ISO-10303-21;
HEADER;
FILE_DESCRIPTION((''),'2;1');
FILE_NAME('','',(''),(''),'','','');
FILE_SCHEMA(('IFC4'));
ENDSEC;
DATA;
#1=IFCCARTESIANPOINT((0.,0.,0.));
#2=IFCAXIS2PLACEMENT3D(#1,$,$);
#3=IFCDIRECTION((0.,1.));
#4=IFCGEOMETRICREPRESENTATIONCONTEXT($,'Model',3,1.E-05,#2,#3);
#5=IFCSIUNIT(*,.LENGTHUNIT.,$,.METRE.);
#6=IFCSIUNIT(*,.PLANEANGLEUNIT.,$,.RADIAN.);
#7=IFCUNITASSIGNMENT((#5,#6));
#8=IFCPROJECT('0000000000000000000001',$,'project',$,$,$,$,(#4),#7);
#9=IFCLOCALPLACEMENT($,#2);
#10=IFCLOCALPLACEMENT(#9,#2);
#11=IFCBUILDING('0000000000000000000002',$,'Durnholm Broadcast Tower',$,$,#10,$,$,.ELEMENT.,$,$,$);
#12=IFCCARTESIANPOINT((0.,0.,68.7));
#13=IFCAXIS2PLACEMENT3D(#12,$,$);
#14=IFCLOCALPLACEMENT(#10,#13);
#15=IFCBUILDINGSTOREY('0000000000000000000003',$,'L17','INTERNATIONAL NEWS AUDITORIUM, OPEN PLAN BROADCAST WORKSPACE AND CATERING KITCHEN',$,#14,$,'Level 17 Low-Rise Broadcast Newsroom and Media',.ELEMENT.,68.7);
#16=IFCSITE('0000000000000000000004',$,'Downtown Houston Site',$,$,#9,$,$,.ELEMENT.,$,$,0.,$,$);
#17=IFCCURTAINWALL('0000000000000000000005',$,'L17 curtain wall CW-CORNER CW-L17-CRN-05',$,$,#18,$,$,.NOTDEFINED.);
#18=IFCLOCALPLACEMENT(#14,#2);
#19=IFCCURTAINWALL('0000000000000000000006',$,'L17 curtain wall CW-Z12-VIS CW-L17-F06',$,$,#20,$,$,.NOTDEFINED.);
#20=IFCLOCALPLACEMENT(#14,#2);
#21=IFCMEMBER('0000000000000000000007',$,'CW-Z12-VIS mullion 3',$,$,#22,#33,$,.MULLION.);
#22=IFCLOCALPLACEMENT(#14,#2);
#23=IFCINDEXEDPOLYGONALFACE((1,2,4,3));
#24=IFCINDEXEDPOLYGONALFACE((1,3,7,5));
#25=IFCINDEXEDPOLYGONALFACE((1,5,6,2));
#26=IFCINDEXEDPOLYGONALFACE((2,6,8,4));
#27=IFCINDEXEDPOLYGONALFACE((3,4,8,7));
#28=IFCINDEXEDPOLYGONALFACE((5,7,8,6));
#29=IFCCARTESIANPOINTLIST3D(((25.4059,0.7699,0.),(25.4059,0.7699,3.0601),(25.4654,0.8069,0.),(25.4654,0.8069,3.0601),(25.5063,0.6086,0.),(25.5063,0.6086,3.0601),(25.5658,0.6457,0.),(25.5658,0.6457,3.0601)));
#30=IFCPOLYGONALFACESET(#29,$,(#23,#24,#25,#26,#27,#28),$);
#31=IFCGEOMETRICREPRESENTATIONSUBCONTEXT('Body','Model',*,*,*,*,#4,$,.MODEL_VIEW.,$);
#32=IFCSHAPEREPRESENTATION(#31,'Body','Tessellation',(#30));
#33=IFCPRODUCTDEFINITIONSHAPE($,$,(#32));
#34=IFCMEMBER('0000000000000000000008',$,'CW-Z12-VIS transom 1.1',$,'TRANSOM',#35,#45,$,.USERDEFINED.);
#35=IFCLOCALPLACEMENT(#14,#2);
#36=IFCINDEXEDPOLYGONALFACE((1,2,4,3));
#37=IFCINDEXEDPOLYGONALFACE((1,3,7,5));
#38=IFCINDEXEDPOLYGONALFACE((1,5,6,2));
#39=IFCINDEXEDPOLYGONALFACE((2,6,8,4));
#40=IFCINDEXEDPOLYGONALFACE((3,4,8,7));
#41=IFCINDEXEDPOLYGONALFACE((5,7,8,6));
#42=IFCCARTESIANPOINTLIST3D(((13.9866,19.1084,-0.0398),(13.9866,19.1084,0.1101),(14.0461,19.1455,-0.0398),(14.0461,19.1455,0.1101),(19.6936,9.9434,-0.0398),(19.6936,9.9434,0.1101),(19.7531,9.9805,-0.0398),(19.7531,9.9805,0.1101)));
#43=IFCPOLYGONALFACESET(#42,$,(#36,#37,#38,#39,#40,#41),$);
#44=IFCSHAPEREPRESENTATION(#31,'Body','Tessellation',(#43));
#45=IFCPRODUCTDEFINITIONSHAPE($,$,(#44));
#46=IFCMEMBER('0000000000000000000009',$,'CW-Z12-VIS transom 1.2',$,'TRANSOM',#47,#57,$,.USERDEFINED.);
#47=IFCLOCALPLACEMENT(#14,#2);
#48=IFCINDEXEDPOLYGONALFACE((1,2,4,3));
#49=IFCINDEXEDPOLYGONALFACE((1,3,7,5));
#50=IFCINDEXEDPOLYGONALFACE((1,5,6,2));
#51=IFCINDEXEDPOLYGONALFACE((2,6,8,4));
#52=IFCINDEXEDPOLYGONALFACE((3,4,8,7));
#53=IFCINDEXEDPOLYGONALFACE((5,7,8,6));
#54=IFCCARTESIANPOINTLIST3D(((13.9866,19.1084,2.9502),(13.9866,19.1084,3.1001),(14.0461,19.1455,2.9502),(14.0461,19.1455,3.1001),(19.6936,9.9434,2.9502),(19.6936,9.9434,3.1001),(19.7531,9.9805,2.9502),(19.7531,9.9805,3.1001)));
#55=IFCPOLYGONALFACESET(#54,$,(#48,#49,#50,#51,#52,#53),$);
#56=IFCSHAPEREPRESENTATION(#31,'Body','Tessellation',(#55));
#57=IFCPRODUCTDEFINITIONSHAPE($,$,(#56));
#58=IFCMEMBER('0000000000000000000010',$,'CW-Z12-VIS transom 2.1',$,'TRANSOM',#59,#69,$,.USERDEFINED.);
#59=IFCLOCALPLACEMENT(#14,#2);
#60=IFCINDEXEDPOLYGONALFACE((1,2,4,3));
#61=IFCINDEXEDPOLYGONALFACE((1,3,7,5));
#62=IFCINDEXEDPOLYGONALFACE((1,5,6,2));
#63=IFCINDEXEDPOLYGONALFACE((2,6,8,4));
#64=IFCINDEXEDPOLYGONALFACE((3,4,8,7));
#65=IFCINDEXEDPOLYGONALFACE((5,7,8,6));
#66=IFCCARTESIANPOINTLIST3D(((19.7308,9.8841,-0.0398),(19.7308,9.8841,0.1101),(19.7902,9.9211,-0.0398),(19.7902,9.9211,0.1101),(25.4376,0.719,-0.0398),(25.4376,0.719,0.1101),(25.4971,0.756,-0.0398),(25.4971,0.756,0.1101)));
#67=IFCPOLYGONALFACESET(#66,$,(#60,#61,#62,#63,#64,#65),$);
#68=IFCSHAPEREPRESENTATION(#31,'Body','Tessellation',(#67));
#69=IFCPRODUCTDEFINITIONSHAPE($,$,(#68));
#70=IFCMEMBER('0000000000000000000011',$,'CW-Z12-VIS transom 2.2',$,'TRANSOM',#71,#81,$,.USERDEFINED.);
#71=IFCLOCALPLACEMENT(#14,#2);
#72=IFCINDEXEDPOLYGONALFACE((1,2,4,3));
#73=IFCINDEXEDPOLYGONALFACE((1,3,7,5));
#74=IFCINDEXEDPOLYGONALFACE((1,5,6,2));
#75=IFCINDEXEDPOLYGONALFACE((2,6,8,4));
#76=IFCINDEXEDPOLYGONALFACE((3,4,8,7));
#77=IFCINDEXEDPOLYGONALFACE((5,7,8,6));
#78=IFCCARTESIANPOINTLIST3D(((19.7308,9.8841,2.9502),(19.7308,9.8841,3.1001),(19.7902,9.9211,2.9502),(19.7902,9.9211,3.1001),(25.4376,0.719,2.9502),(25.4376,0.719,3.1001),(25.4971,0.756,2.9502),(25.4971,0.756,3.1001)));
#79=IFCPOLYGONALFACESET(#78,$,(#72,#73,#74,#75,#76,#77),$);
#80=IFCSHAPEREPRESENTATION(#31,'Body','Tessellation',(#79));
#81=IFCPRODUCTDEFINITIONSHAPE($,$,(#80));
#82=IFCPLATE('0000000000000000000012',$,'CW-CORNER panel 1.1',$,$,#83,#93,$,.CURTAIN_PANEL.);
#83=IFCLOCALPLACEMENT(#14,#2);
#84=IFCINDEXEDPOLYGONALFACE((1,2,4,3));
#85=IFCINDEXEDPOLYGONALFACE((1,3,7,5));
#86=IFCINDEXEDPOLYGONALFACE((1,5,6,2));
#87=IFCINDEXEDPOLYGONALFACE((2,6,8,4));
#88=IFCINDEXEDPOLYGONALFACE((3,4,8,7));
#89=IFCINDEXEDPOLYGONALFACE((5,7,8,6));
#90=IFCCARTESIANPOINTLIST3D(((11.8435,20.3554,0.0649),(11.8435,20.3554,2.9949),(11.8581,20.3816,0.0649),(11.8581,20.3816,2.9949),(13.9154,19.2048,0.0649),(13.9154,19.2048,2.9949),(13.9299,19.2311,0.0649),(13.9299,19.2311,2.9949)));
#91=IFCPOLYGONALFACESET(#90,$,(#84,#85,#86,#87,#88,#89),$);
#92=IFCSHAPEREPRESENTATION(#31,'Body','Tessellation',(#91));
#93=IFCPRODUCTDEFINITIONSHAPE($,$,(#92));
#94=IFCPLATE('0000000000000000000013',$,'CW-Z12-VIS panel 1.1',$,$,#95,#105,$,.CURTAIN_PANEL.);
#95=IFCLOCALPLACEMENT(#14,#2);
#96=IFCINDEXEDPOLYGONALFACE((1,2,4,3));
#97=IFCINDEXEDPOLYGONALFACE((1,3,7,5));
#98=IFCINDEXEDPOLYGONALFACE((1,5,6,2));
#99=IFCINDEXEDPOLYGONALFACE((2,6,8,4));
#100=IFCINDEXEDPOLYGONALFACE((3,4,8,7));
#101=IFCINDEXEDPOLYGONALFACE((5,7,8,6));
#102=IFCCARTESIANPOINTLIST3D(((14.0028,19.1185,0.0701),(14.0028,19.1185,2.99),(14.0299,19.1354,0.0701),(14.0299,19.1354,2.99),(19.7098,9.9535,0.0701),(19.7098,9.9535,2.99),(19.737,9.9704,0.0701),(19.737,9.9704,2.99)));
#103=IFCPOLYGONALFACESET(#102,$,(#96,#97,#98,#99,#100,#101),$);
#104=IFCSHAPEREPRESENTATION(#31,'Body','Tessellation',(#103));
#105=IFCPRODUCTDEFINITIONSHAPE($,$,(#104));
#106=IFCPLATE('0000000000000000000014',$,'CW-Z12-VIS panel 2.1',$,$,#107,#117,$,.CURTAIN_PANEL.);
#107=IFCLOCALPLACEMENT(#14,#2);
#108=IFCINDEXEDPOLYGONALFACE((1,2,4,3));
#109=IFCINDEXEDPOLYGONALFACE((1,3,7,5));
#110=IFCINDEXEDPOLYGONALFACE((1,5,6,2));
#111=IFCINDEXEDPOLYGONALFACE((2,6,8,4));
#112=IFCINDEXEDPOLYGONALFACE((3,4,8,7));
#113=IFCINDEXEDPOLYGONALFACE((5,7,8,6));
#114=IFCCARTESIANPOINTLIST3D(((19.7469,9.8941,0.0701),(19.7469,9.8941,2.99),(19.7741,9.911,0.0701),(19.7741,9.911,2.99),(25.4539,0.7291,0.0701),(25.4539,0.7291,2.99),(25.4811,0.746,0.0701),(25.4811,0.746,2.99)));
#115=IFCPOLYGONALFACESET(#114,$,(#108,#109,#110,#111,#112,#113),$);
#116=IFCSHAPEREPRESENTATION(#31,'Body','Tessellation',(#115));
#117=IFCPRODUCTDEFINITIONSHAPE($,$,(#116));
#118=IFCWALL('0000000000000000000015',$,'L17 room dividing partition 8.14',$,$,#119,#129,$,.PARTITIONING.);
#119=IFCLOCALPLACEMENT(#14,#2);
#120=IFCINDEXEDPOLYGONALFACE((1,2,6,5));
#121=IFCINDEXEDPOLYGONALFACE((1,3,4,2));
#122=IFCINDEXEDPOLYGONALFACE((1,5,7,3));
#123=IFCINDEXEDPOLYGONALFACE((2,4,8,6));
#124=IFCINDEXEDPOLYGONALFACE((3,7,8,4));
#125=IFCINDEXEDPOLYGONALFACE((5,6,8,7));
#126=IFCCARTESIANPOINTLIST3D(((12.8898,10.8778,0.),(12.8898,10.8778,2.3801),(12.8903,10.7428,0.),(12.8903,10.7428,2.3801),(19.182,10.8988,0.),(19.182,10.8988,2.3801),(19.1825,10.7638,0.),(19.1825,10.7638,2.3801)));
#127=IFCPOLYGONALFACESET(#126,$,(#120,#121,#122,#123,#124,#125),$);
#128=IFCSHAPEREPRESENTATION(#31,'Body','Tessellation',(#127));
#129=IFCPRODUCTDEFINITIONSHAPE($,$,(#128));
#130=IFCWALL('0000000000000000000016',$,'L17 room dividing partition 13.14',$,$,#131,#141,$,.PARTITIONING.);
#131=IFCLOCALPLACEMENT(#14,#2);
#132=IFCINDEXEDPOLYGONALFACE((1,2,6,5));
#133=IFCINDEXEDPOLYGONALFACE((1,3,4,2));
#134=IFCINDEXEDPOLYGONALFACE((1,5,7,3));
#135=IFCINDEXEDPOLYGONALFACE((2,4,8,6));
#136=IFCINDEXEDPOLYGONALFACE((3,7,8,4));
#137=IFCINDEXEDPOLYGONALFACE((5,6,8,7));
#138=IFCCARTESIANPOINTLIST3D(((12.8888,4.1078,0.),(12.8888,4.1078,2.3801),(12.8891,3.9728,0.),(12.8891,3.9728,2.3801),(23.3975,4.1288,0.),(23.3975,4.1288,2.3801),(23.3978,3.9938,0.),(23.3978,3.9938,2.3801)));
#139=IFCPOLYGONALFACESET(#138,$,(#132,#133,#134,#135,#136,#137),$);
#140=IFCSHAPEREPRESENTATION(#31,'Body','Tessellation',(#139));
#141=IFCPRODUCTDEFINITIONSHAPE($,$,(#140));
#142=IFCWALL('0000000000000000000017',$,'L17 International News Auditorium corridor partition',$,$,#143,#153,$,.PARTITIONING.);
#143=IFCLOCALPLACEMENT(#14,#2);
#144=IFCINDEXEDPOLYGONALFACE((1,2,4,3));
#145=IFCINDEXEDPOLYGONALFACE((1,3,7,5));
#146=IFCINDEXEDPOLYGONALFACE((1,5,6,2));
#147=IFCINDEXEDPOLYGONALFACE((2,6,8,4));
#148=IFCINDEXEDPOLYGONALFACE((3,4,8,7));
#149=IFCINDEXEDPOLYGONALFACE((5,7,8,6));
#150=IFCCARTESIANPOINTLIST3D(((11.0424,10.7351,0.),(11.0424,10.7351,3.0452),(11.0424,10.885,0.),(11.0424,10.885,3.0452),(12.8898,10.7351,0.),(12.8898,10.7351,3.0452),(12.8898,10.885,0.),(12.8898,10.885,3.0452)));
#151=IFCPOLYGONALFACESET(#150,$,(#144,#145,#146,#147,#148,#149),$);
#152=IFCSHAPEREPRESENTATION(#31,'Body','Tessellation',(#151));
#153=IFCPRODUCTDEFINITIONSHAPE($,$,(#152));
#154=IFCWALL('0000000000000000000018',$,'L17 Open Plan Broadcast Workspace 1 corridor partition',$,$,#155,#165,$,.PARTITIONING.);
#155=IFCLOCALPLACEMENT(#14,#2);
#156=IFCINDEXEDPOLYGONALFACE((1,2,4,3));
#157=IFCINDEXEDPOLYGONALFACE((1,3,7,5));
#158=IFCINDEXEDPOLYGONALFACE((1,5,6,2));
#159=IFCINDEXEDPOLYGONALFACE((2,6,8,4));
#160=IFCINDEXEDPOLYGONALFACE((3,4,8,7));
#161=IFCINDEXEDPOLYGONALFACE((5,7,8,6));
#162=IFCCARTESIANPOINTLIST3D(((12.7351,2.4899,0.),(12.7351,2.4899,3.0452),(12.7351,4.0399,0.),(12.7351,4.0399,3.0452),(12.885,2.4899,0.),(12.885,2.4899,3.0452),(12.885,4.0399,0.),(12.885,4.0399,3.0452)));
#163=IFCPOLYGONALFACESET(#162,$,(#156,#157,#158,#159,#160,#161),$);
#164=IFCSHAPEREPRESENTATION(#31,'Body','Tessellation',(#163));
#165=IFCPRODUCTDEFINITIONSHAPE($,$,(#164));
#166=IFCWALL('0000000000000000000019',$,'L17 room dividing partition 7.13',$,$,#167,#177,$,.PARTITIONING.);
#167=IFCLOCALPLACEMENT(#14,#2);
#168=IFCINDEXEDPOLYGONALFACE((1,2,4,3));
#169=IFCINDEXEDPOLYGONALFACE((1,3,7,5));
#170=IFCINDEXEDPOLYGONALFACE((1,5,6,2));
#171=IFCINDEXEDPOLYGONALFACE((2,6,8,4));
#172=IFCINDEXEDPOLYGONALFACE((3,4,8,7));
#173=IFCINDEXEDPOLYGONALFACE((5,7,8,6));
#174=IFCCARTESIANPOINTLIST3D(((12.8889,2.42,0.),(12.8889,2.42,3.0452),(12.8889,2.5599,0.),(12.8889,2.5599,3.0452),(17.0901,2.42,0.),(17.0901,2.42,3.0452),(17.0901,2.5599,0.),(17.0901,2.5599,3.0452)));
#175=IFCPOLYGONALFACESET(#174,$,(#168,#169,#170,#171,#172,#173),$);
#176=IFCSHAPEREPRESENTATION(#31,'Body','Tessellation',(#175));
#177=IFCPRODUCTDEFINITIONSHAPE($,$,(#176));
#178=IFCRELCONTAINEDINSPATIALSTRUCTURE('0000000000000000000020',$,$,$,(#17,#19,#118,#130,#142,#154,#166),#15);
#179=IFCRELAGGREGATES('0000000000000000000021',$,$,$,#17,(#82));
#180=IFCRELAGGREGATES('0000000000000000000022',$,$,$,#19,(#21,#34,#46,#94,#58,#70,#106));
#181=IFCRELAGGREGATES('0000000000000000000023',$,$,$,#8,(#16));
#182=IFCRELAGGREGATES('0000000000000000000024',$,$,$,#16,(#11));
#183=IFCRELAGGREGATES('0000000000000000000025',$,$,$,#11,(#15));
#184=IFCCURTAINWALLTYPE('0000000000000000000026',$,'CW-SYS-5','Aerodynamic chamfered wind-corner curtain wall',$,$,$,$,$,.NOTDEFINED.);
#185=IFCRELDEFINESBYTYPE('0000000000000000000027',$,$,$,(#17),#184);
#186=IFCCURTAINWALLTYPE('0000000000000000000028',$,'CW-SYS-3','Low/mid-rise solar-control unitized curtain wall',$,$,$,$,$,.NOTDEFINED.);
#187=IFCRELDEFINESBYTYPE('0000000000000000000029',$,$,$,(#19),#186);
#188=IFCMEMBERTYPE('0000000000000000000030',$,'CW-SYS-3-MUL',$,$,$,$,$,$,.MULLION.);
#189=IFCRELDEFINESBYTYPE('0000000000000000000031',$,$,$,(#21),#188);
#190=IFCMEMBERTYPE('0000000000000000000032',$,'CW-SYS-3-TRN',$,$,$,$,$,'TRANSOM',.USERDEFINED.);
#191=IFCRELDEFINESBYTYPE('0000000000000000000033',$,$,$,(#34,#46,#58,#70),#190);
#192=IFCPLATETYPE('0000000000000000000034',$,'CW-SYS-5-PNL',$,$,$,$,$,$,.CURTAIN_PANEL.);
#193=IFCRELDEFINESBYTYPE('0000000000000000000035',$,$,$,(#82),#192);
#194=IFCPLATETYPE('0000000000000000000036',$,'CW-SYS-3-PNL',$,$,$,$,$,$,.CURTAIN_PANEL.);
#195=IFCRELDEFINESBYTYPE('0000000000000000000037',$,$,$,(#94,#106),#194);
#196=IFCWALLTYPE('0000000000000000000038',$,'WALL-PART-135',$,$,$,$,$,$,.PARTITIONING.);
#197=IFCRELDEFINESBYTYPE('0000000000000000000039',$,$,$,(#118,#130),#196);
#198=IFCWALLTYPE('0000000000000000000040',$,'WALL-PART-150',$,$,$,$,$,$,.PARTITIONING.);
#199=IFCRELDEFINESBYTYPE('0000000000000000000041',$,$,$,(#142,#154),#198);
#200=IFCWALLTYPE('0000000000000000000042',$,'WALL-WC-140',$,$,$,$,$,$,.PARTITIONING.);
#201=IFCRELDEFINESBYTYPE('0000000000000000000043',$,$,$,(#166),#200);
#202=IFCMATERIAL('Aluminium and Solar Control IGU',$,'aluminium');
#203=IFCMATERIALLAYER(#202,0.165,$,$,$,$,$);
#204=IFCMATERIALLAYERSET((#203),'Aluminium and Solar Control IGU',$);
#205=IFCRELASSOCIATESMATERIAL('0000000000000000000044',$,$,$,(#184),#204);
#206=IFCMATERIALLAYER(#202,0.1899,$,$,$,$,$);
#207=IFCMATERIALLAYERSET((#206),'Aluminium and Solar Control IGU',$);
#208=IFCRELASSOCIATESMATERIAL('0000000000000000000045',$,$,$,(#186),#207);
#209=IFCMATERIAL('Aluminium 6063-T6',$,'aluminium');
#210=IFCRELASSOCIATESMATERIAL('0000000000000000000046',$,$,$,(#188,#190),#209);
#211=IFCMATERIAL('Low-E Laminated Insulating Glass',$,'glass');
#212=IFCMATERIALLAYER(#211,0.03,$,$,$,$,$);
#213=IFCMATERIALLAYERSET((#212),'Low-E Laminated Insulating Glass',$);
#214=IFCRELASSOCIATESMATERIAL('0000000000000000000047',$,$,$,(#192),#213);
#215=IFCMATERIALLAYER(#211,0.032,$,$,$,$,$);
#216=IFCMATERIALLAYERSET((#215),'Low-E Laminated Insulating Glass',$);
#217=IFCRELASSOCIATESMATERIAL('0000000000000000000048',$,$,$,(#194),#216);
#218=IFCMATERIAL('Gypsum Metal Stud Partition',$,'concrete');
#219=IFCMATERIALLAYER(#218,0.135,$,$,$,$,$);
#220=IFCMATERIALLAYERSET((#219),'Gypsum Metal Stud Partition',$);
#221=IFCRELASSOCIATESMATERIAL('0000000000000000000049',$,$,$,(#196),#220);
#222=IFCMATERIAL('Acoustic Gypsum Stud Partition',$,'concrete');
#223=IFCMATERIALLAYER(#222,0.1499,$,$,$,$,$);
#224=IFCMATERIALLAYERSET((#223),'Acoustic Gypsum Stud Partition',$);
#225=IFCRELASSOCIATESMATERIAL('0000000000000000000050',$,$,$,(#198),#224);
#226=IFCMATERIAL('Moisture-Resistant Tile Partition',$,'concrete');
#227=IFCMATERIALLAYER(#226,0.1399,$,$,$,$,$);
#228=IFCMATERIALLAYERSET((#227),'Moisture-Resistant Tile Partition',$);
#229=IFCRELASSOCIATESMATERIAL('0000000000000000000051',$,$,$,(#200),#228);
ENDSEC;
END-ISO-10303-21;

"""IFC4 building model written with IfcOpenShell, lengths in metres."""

from ifc_helpers import new_model, si_unit, direction, frame, frame_2d, origin, origin_2d, place, context, subcontext, project, spatial, rectangle, extrude, source, transform, mapped, material, layer, layer_set, material_profile, profile_set, type_object, type_shapes, element, aggregate, save


model = new_model("IFC4")

# Units and contexts
model_context = context("Model", 3, precision=1e-05, world=origin(), true_north=direction((0.0, 1.0)))
body_context = subcontext(model_context, "Body", "Model", "MODEL_VIEW")
ifc_project = project(units=[si_unit("LENGTHUNIT", "METRE"), si_unit("PLANEANGLEUNIT", "RADIAN")], contexts=[model_context])

# Site, building, storey
site_placement = place(None, origin())
site = spatial("IfcSite", under=ifc_project, at=site_placement, Name="Downtown Houston Site", CompositionType="ELEMENT", RefElevation=0.0)
building_placement = place(site_placement, origin())
building = spatial("IfcBuilding", under=site, at=building_placement, Name="Durnholm Broadcast Tower", CompositionType="ELEMENT")
storey_placement = place(building_placement, frame((0.0, 0.0, 68.7)))
storey = spatial("IfcBuildingStorey", under=building, at=storey_placement, Name="L17", Description="INTERNATIONAL NEWS AUDITORIUM, OPEN PLAN BROADCAST WORKSPACE AND CATERING KITCHEN", LongName="Level 17 Low-Rise Broadcast Newsroom and Media", CompositionType="ELEMENT", Elevation=68.7)

# Curtain wall
ifc_material_1 = material(Name="Aluminium and Solar Control IGU", Category="aluminium")
ifc_layer_1 = layer(ifc_material_1, 0.165)
ifc_layer_set_1 = layer_set([ifc_layer_1], Name="Aluminium and Solar Control IGU")
curtain_wall_type_1 = type_object("IfcCurtainWallType", Name="CW-SYS-5", Description="Aerodynamic chamfered wind-corner curtain wall", PredefinedType="NOTDEFINED", material=ifc_layer_set_1)
curtain_wall_1_placement = place(storey_placement, origin())
curtain_wall_1 = element("IfcCurtainWall", 1, at=curtain_wall_1_placement, inside=storey, type_object=curtain_wall_type_1, Name="L17 curtain wall CW-CORNER CW-L17-CRN-05", PredefinedType="NOTDEFINED")
ifc_material_2 = material(Name="Aluminium 6063-T6", Category="aluminium")

# Curtain wall, members
ifc_layer_2 = layer(ifc_material_1, 0.1899)
ifc_layer_set_2 = layer_set([ifc_layer_2], Name="Aluminium and Solar Control IGU")
curtain_wall_type_2 = type_object("IfcCurtainWallType", Name="CW-SYS-3", Description="Low/mid-rise solar-control unitized curtain wall", PredefinedType="NOTDEFINED", material=ifc_layer_set_2)
curtain_wall_2_placement = place(storey_placement, origin())
curtain_wall_2 = element("IfcCurtainWall", 2, at=curtain_wall_2_placement, inside=storey, type_object=curtain_wall_type_2, Name="L17 curtain wall CW-Z12-VIS CW-L17-F06", PredefinedType="NOTDEFINED")
ifc_material_profile_1 = material_profile(ifc_material_2, rectangle(XDim=0.0701, YDim=0.1899, at=origin_2d()), Name="CWM70X190")
ifc_profile_set_1 = profile_set([ifc_material_profile_1], Name="Aluminium 6063-T6")
member_type_1 = type_object("IfcMemberType", Name="CW-SYS-3-MUL", PredefinedType="MULLION", material=ifc_profile_set_1)
shared_shape_1 = source(origin(), body_context, "Body", "SweptSolid", [
    extrude(rectangle(XDim=0.0701, YDim=0.1899, at=origin_2d()), origin(), (0.0, 0.0, 1.0), 3.0601),
])
type_shapes(member_type_1, [shared_shape_1])
member_1_placement = place(storey_placement, frame((25.4858, 0.7078, 0.0), z_axis=(0.0, 0.0, 1.0), x_axis=(0.848876, 0.528592, 0.0)))
member_1 = element("IfcMember", 3, at=member_1_placement, type_object=member_type_1, Name="CW-Z12-VIS mullion 3", PredefinedType="MULLION", context=body_context, shape_type="MappedRepresentation", body=[
    mapped(shared_shape_1, transform((0.0, 0.0, 0.0), x_axis=(1.0, 0.0, 0.0), y_axis=(0.0, 1.0, 0.0), z_axis=(0.0, 0.0, 1.0), scale=1.0)),
])
ifc_material_profile_2 = material_profile(ifc_material_2, rectangle(XDim=0.0701, YDim=0.1499, at=origin_2d()), Name="CWT70X150")
ifc_profile_set_2 = profile_set([ifc_material_profile_2], Name="Aluminium 6063-T6")
member_type_2 = type_object("IfcMemberType", Name="CW-SYS-3-TRN", ElementType="TRANSOM", PredefinedType="USERDEFINED", material=ifc_profile_set_2)
shared_shape_2 = source(origin(), body_context, "Body", "SweptSolid", [
    extrude(rectangle(XDim=0.0701, YDim=0.1499, at=origin_2d()), origin(), (0.0, 0.0, 1.0), 10.7966),
])
type_shapes(member_type_2, [shared_shape_2])
member_2_placement = place(storey_placement, frame((14.0164, 19.127, 0.0352), z_axis=(0.528592, -0.848876, 0.0), x_axis=(0.848876, 0.528592, 0.0)))
member_2 = element("IfcMember", 4, at=member_2_placement, type_object=member_type_2, Name="CW-Z12-VIS transom 1.1", ObjectType="TRANSOM", PredefinedType="USERDEFINED", context=body_context, shape_type="MappedRepresentation", body=[
    mapped(shared_shape_2, transform((0.0, 0.0, 0.0), x_axis=(1.0, 0.0, 0.0), y_axis=(0.0, 1.0, 0.0), z_axis=(0.0, 0.0, 1.0), scale=1.0)),
])
member_3_placement = place(storey_placement, frame((14.0164, 19.127, 3.0251), z_axis=(0.528592, -0.848876, 0.0), x_axis=(0.848876, 0.528592, 0.0)))
member_3 = element("IfcMember", 5, at=member_3_placement, type_object=member_type_2, Name="CW-Z12-VIS transom 1.2", ObjectType="TRANSOM", PredefinedType="USERDEFINED", context=body_context, shape_type="MappedRepresentation", body=[
    mapped(shared_shape_2, transform((0.0, 0.0, 0.0), x_axis=(1.0, 0.0, 0.0), y_axis=(0.0, 1.0, 0.0), z_axis=(0.0, 0.0, 1.0), scale=1.0)),
])
member_4_placement = place(storey_placement, frame((19.7605, 9.9026, 0.0352), z_axis=(0.528575, -0.848886, 0.0), x_axis=(0.848886, 0.528575, 0.0)))
member_4 = element("IfcMember", 6, at=member_4_placement, type_object=member_type_2, Name="CW-Z12-VIS transom 2.1", ObjectType="TRANSOM", PredefinedType="USERDEFINED", context=body_context, shape_type="MappedRepresentation", body=[
    mapped(shared_shape_2, transform((0.0, 0.0, 0.0), x_axis=(1.0, 0.0, 0.0), y_axis=(0.0, 1.0, 0.0), z_axis=(0.0, 0.0, 1.0), scale=1.0)),
])
member_5_placement = place(storey_placement, frame((19.7605, 9.9026, 3.0251), z_axis=(0.528575, -0.848886, 0.0), x_axis=(0.848886, 0.528575, 0.0)))
member_5 = element("IfcMember", 7, at=member_5_placement, type_object=member_type_2, Name="CW-Z12-VIS transom 2.2", ObjectType="TRANSOM", PredefinedType="USERDEFINED", context=body_context, shape_type="MappedRepresentation", body=[
    mapped(shared_shape_2, transform((0.0, 0.0, 0.0), x_axis=(1.0, 0.0, 0.0), y_axis=(0.0, 1.0, 0.0), z_axis=(0.0, 0.0, 1.0), scale=1.0)),
])

# Plates
ifc_material_3 = material(Name="Low-E Laminated Insulating Glass", Category="glass")
ifc_layer_3 = layer(ifc_material_3, 0.03)
ifc_layer_set_3 = layer_set([ifc_layer_3], Name="Low-E Laminated Insulating Glass")
plate_type_1 = type_object("IfcPlateType", Name="CW-SYS-5-PNL", PredefinedType="CURTAIN_PANEL", material=ifc_layer_set_3)
shared_shape_3 = source(origin(), body_context, "Body", "SweptSolid", [
    extrude(rectangle(XDim=2.3699, YDim=0.03, at=origin_2d()), origin(), (0.0, 0.0, 1.0), 2.9299),
])
type_shapes(plate_type_1, [shared_shape_3])
plate_1_placement = place(storey_placement, frame((12.8867, 19.7932, 0.0649), z_axis=(0.0, 0.0, 1.0), x_axis=(0.874246, -0.485483, 0.0)))
plate_1 = element("IfcPlate", 8, at=plate_1_placement, type_object=plate_type_1, Name="CW-CORNER panel 1.1", PredefinedType="CURTAIN_PANEL", context=body_context, shape_type="MappedRepresentation", body=[
    mapped(shared_shape_3, transform((0.0, 0.0, 0.0), x_axis=(1.0, 0.0, 0.0), y_axis=(0.0, 1.0, 0.0), z_axis=(0.0, 0.0, 1.0), scale=1.0)),
])
aggregate(curtain_wall_1, [plate_1])
ifc_layer_4 = layer(ifc_material_3, 0.032)
ifc_layer_set_4 = layer_set([ifc_layer_4], Name="Low-E Laminated Insulating Glass")
plate_type_2 = type_object("IfcPlateType", Name="CW-SYS-3-PNL", PredefinedType="CURTAIN_PANEL", material=ifc_layer_set_4)
shared_shape_4 = source(origin(), body_context, "Body", "SweptSolid", [
    extrude(rectangle(XDim=10.7966, YDim=0.032, at=origin_2d()), origin(), (0.0, 0.0, 1.0), 2.9199),
])
type_shapes(plate_type_2, [shared_shape_4])
plate_2_placement = place(storey_placement, frame((16.8699, 14.5444, 0.0701), z_axis=(0.0, 0.0, 1.0), x_axis=(0.528592, -0.848876, 0.0)))
plate_2 = element("IfcPlate", 9, at=plate_2_placement, type_object=plate_type_2, Name="CW-Z12-VIS panel 1.1", PredefinedType="CURTAIN_PANEL", context=body_context, shape_type="MappedRepresentation", body=[
    mapped(shared_shape_4, transform((0.0, 0.0, 0.0), x_axis=(1.0, 0.0, 0.0), y_axis=(0.0, 1.0, 0.0), z_axis=(0.0, 0.0, 1.0), scale=1.0)),
])
plate_3_placement = place(storey_placement, frame((22.614, 5.3201, 0.0701), z_axis=(0.0, 0.0, 1.0), x_axis=(0.528592, -0.848876, 0.0)))
plate_3 = element("IfcPlate", 10, at=plate_3_placement, type_object=plate_type_2, Name="CW-Z12-VIS panel 2.1", PredefinedType="CURTAIN_PANEL", context=body_context, shape_type="MappedRepresentation", body=[
    mapped(shared_shape_4, transform((0.0, 0.0, 0.0), x_axis=(1.0, 0.0, 0.0), y_axis=(0.0, 1.0, 0.0), z_axis=(0.0, 0.0, 1.0), scale=1.0)),
])
aggregate(curtain_wall_2, [member_1, member_2, member_3, plate_2, member_4, member_5, plate_3])

# Walls
ifc_material_4 = material(Name="Gypsum Metal Stud Partition", Category="concrete")
ifc_layer_5 = layer(ifc_material_4, 0.135)
ifc_layer_set_5 = layer_set([ifc_layer_5], Name="Gypsum Metal Stud Partition")
wall_type_1 = type_object("IfcWallType", Name="WALL-PART-135", PredefinedType="PARTITIONING", material=ifc_layer_set_5)
wall_1_placement = place(storey_placement, frame((19.1821, 10.8313, 0.0), z_axis=(0.0, 0.0, 1.0), x_axis=(-0.999994, -0.003337, 0.0)))
element("IfcWall", 11, at=wall_1_placement, inside=storey, type_object=wall_type_1, Name="L17 room dividing partition 8.14", PredefinedType="PARTITIONING", context=body_context, shape_type="SweptSolid", body=[
    extrude(rectangle(XDim=6.2922, YDim=0.135, at=frame_2d((3.146, 0.0))), origin(), (0.0, 0.0, 1.0), 2.3801),
])
wall_2_placement = place(storey_placement, frame((12.8889, 4.0403, 0.0), z_axis=(0.0, 0.0, 1.0), x_axis=(0.999998, 0.001998, 0.0)))
element("IfcWall", 12, at=wall_2_placement, inside=storey, type_object=wall_type_1, Name="L17 room dividing partition 13.14", PredefinedType="PARTITIONING", context=body_context, shape_type="SweptSolid", body=[
    extrude(rectangle(XDim=10.5088, YDim=0.135, at=frame_2d((5.2544, 0.0))), origin(), (0.0, 0.0, 1.0), 2.3801),
])
ifc_material_5 = material(Name="Acoustic Gypsum Stud Partition", Category="concrete")
ifc_layer_6 = layer(ifc_material_5, 0.1499)
ifc_layer_set_6 = layer_set([ifc_layer_6], Name="Acoustic Gypsum Stud Partition")
wall_type_2 = type_object("IfcWallType", Name="WALL-PART-150", PredefinedType="PARTITIONING", material=ifc_layer_set_6)
wall_3_placement = place(storey_placement, frame((12.8899, 10.8101, 0.0), z_axis=(0.0, 0.0, 1.0), x_axis=(-1.0, 0.0, 0.0)))
element("IfcWall", 13, at=wall_3_placement, inside=storey, type_object=wall_type_2, Name="L17 International News Auditorium corridor partition", PredefinedType="PARTITIONING", context=body_context, shape_type="SweptSolid", body=[
    extrude(rectangle(XDim=1.8474, YDim=0.1499, at=frame_2d((0.9238, 0.0))), origin(), (0.0, 0.0, 1.0), 3.0452),
])
wall_4_placement = place(storey_placement, frame((12.8101, 2.49, 0.0), z_axis=(0.0, 0.0, 1.0), x_axis=(0.0, 1.0, 0.0)))
element("IfcWall", 14, at=wall_4_placement, inside=storey, type_object=wall_type_2, Name="L17 Open Plan Broadcast Workspace 1 corridor partition", PredefinedType="PARTITIONING", context=body_context, shape_type="SweptSolid", body=[
    extrude(rectangle(XDim=1.55, YDim=0.1499, at=frame_2d((0.7749, 0.0))), origin(), (0.0, 0.0, 1.0), 3.0452),
])

# Wall
ifc_material_6 = material(Name="Moisture-Resistant Tile Partition", Category="concrete")
ifc_layer_7 = layer(ifc_material_6, 0.1399)
ifc_layer_set_7 = layer_set([ifc_layer_7], Name="Moisture-Resistant Tile Partition")
wall_type_3 = type_object("IfcWallType", Name="WALL-WC-140", PredefinedType="PARTITIONING", material=ifc_layer_set_7)
wall_5_placement = place(storey_placement, frame((12.8889, 2.49, 0.0), z_axis=(0.0, 0.0, 1.0), x_axis=(1.0, 0.0, 0.0)))
element("IfcWall", 15, at=wall_5_placement, inside=storey, type_object=wall_type_3, Name="L17 room dividing partition 7.13", PredefinedType="PARTITIONING", context=body_context, shape_type="SweptSolid", body=[
    extrude(rectangle(XDim=4.2012, YDim=0.1399, at=frame_2d((2.1006, 0.0))), origin(), (0.0, 0.0, 1.0), 3.0452),
])

save(model, "model.ifc")
